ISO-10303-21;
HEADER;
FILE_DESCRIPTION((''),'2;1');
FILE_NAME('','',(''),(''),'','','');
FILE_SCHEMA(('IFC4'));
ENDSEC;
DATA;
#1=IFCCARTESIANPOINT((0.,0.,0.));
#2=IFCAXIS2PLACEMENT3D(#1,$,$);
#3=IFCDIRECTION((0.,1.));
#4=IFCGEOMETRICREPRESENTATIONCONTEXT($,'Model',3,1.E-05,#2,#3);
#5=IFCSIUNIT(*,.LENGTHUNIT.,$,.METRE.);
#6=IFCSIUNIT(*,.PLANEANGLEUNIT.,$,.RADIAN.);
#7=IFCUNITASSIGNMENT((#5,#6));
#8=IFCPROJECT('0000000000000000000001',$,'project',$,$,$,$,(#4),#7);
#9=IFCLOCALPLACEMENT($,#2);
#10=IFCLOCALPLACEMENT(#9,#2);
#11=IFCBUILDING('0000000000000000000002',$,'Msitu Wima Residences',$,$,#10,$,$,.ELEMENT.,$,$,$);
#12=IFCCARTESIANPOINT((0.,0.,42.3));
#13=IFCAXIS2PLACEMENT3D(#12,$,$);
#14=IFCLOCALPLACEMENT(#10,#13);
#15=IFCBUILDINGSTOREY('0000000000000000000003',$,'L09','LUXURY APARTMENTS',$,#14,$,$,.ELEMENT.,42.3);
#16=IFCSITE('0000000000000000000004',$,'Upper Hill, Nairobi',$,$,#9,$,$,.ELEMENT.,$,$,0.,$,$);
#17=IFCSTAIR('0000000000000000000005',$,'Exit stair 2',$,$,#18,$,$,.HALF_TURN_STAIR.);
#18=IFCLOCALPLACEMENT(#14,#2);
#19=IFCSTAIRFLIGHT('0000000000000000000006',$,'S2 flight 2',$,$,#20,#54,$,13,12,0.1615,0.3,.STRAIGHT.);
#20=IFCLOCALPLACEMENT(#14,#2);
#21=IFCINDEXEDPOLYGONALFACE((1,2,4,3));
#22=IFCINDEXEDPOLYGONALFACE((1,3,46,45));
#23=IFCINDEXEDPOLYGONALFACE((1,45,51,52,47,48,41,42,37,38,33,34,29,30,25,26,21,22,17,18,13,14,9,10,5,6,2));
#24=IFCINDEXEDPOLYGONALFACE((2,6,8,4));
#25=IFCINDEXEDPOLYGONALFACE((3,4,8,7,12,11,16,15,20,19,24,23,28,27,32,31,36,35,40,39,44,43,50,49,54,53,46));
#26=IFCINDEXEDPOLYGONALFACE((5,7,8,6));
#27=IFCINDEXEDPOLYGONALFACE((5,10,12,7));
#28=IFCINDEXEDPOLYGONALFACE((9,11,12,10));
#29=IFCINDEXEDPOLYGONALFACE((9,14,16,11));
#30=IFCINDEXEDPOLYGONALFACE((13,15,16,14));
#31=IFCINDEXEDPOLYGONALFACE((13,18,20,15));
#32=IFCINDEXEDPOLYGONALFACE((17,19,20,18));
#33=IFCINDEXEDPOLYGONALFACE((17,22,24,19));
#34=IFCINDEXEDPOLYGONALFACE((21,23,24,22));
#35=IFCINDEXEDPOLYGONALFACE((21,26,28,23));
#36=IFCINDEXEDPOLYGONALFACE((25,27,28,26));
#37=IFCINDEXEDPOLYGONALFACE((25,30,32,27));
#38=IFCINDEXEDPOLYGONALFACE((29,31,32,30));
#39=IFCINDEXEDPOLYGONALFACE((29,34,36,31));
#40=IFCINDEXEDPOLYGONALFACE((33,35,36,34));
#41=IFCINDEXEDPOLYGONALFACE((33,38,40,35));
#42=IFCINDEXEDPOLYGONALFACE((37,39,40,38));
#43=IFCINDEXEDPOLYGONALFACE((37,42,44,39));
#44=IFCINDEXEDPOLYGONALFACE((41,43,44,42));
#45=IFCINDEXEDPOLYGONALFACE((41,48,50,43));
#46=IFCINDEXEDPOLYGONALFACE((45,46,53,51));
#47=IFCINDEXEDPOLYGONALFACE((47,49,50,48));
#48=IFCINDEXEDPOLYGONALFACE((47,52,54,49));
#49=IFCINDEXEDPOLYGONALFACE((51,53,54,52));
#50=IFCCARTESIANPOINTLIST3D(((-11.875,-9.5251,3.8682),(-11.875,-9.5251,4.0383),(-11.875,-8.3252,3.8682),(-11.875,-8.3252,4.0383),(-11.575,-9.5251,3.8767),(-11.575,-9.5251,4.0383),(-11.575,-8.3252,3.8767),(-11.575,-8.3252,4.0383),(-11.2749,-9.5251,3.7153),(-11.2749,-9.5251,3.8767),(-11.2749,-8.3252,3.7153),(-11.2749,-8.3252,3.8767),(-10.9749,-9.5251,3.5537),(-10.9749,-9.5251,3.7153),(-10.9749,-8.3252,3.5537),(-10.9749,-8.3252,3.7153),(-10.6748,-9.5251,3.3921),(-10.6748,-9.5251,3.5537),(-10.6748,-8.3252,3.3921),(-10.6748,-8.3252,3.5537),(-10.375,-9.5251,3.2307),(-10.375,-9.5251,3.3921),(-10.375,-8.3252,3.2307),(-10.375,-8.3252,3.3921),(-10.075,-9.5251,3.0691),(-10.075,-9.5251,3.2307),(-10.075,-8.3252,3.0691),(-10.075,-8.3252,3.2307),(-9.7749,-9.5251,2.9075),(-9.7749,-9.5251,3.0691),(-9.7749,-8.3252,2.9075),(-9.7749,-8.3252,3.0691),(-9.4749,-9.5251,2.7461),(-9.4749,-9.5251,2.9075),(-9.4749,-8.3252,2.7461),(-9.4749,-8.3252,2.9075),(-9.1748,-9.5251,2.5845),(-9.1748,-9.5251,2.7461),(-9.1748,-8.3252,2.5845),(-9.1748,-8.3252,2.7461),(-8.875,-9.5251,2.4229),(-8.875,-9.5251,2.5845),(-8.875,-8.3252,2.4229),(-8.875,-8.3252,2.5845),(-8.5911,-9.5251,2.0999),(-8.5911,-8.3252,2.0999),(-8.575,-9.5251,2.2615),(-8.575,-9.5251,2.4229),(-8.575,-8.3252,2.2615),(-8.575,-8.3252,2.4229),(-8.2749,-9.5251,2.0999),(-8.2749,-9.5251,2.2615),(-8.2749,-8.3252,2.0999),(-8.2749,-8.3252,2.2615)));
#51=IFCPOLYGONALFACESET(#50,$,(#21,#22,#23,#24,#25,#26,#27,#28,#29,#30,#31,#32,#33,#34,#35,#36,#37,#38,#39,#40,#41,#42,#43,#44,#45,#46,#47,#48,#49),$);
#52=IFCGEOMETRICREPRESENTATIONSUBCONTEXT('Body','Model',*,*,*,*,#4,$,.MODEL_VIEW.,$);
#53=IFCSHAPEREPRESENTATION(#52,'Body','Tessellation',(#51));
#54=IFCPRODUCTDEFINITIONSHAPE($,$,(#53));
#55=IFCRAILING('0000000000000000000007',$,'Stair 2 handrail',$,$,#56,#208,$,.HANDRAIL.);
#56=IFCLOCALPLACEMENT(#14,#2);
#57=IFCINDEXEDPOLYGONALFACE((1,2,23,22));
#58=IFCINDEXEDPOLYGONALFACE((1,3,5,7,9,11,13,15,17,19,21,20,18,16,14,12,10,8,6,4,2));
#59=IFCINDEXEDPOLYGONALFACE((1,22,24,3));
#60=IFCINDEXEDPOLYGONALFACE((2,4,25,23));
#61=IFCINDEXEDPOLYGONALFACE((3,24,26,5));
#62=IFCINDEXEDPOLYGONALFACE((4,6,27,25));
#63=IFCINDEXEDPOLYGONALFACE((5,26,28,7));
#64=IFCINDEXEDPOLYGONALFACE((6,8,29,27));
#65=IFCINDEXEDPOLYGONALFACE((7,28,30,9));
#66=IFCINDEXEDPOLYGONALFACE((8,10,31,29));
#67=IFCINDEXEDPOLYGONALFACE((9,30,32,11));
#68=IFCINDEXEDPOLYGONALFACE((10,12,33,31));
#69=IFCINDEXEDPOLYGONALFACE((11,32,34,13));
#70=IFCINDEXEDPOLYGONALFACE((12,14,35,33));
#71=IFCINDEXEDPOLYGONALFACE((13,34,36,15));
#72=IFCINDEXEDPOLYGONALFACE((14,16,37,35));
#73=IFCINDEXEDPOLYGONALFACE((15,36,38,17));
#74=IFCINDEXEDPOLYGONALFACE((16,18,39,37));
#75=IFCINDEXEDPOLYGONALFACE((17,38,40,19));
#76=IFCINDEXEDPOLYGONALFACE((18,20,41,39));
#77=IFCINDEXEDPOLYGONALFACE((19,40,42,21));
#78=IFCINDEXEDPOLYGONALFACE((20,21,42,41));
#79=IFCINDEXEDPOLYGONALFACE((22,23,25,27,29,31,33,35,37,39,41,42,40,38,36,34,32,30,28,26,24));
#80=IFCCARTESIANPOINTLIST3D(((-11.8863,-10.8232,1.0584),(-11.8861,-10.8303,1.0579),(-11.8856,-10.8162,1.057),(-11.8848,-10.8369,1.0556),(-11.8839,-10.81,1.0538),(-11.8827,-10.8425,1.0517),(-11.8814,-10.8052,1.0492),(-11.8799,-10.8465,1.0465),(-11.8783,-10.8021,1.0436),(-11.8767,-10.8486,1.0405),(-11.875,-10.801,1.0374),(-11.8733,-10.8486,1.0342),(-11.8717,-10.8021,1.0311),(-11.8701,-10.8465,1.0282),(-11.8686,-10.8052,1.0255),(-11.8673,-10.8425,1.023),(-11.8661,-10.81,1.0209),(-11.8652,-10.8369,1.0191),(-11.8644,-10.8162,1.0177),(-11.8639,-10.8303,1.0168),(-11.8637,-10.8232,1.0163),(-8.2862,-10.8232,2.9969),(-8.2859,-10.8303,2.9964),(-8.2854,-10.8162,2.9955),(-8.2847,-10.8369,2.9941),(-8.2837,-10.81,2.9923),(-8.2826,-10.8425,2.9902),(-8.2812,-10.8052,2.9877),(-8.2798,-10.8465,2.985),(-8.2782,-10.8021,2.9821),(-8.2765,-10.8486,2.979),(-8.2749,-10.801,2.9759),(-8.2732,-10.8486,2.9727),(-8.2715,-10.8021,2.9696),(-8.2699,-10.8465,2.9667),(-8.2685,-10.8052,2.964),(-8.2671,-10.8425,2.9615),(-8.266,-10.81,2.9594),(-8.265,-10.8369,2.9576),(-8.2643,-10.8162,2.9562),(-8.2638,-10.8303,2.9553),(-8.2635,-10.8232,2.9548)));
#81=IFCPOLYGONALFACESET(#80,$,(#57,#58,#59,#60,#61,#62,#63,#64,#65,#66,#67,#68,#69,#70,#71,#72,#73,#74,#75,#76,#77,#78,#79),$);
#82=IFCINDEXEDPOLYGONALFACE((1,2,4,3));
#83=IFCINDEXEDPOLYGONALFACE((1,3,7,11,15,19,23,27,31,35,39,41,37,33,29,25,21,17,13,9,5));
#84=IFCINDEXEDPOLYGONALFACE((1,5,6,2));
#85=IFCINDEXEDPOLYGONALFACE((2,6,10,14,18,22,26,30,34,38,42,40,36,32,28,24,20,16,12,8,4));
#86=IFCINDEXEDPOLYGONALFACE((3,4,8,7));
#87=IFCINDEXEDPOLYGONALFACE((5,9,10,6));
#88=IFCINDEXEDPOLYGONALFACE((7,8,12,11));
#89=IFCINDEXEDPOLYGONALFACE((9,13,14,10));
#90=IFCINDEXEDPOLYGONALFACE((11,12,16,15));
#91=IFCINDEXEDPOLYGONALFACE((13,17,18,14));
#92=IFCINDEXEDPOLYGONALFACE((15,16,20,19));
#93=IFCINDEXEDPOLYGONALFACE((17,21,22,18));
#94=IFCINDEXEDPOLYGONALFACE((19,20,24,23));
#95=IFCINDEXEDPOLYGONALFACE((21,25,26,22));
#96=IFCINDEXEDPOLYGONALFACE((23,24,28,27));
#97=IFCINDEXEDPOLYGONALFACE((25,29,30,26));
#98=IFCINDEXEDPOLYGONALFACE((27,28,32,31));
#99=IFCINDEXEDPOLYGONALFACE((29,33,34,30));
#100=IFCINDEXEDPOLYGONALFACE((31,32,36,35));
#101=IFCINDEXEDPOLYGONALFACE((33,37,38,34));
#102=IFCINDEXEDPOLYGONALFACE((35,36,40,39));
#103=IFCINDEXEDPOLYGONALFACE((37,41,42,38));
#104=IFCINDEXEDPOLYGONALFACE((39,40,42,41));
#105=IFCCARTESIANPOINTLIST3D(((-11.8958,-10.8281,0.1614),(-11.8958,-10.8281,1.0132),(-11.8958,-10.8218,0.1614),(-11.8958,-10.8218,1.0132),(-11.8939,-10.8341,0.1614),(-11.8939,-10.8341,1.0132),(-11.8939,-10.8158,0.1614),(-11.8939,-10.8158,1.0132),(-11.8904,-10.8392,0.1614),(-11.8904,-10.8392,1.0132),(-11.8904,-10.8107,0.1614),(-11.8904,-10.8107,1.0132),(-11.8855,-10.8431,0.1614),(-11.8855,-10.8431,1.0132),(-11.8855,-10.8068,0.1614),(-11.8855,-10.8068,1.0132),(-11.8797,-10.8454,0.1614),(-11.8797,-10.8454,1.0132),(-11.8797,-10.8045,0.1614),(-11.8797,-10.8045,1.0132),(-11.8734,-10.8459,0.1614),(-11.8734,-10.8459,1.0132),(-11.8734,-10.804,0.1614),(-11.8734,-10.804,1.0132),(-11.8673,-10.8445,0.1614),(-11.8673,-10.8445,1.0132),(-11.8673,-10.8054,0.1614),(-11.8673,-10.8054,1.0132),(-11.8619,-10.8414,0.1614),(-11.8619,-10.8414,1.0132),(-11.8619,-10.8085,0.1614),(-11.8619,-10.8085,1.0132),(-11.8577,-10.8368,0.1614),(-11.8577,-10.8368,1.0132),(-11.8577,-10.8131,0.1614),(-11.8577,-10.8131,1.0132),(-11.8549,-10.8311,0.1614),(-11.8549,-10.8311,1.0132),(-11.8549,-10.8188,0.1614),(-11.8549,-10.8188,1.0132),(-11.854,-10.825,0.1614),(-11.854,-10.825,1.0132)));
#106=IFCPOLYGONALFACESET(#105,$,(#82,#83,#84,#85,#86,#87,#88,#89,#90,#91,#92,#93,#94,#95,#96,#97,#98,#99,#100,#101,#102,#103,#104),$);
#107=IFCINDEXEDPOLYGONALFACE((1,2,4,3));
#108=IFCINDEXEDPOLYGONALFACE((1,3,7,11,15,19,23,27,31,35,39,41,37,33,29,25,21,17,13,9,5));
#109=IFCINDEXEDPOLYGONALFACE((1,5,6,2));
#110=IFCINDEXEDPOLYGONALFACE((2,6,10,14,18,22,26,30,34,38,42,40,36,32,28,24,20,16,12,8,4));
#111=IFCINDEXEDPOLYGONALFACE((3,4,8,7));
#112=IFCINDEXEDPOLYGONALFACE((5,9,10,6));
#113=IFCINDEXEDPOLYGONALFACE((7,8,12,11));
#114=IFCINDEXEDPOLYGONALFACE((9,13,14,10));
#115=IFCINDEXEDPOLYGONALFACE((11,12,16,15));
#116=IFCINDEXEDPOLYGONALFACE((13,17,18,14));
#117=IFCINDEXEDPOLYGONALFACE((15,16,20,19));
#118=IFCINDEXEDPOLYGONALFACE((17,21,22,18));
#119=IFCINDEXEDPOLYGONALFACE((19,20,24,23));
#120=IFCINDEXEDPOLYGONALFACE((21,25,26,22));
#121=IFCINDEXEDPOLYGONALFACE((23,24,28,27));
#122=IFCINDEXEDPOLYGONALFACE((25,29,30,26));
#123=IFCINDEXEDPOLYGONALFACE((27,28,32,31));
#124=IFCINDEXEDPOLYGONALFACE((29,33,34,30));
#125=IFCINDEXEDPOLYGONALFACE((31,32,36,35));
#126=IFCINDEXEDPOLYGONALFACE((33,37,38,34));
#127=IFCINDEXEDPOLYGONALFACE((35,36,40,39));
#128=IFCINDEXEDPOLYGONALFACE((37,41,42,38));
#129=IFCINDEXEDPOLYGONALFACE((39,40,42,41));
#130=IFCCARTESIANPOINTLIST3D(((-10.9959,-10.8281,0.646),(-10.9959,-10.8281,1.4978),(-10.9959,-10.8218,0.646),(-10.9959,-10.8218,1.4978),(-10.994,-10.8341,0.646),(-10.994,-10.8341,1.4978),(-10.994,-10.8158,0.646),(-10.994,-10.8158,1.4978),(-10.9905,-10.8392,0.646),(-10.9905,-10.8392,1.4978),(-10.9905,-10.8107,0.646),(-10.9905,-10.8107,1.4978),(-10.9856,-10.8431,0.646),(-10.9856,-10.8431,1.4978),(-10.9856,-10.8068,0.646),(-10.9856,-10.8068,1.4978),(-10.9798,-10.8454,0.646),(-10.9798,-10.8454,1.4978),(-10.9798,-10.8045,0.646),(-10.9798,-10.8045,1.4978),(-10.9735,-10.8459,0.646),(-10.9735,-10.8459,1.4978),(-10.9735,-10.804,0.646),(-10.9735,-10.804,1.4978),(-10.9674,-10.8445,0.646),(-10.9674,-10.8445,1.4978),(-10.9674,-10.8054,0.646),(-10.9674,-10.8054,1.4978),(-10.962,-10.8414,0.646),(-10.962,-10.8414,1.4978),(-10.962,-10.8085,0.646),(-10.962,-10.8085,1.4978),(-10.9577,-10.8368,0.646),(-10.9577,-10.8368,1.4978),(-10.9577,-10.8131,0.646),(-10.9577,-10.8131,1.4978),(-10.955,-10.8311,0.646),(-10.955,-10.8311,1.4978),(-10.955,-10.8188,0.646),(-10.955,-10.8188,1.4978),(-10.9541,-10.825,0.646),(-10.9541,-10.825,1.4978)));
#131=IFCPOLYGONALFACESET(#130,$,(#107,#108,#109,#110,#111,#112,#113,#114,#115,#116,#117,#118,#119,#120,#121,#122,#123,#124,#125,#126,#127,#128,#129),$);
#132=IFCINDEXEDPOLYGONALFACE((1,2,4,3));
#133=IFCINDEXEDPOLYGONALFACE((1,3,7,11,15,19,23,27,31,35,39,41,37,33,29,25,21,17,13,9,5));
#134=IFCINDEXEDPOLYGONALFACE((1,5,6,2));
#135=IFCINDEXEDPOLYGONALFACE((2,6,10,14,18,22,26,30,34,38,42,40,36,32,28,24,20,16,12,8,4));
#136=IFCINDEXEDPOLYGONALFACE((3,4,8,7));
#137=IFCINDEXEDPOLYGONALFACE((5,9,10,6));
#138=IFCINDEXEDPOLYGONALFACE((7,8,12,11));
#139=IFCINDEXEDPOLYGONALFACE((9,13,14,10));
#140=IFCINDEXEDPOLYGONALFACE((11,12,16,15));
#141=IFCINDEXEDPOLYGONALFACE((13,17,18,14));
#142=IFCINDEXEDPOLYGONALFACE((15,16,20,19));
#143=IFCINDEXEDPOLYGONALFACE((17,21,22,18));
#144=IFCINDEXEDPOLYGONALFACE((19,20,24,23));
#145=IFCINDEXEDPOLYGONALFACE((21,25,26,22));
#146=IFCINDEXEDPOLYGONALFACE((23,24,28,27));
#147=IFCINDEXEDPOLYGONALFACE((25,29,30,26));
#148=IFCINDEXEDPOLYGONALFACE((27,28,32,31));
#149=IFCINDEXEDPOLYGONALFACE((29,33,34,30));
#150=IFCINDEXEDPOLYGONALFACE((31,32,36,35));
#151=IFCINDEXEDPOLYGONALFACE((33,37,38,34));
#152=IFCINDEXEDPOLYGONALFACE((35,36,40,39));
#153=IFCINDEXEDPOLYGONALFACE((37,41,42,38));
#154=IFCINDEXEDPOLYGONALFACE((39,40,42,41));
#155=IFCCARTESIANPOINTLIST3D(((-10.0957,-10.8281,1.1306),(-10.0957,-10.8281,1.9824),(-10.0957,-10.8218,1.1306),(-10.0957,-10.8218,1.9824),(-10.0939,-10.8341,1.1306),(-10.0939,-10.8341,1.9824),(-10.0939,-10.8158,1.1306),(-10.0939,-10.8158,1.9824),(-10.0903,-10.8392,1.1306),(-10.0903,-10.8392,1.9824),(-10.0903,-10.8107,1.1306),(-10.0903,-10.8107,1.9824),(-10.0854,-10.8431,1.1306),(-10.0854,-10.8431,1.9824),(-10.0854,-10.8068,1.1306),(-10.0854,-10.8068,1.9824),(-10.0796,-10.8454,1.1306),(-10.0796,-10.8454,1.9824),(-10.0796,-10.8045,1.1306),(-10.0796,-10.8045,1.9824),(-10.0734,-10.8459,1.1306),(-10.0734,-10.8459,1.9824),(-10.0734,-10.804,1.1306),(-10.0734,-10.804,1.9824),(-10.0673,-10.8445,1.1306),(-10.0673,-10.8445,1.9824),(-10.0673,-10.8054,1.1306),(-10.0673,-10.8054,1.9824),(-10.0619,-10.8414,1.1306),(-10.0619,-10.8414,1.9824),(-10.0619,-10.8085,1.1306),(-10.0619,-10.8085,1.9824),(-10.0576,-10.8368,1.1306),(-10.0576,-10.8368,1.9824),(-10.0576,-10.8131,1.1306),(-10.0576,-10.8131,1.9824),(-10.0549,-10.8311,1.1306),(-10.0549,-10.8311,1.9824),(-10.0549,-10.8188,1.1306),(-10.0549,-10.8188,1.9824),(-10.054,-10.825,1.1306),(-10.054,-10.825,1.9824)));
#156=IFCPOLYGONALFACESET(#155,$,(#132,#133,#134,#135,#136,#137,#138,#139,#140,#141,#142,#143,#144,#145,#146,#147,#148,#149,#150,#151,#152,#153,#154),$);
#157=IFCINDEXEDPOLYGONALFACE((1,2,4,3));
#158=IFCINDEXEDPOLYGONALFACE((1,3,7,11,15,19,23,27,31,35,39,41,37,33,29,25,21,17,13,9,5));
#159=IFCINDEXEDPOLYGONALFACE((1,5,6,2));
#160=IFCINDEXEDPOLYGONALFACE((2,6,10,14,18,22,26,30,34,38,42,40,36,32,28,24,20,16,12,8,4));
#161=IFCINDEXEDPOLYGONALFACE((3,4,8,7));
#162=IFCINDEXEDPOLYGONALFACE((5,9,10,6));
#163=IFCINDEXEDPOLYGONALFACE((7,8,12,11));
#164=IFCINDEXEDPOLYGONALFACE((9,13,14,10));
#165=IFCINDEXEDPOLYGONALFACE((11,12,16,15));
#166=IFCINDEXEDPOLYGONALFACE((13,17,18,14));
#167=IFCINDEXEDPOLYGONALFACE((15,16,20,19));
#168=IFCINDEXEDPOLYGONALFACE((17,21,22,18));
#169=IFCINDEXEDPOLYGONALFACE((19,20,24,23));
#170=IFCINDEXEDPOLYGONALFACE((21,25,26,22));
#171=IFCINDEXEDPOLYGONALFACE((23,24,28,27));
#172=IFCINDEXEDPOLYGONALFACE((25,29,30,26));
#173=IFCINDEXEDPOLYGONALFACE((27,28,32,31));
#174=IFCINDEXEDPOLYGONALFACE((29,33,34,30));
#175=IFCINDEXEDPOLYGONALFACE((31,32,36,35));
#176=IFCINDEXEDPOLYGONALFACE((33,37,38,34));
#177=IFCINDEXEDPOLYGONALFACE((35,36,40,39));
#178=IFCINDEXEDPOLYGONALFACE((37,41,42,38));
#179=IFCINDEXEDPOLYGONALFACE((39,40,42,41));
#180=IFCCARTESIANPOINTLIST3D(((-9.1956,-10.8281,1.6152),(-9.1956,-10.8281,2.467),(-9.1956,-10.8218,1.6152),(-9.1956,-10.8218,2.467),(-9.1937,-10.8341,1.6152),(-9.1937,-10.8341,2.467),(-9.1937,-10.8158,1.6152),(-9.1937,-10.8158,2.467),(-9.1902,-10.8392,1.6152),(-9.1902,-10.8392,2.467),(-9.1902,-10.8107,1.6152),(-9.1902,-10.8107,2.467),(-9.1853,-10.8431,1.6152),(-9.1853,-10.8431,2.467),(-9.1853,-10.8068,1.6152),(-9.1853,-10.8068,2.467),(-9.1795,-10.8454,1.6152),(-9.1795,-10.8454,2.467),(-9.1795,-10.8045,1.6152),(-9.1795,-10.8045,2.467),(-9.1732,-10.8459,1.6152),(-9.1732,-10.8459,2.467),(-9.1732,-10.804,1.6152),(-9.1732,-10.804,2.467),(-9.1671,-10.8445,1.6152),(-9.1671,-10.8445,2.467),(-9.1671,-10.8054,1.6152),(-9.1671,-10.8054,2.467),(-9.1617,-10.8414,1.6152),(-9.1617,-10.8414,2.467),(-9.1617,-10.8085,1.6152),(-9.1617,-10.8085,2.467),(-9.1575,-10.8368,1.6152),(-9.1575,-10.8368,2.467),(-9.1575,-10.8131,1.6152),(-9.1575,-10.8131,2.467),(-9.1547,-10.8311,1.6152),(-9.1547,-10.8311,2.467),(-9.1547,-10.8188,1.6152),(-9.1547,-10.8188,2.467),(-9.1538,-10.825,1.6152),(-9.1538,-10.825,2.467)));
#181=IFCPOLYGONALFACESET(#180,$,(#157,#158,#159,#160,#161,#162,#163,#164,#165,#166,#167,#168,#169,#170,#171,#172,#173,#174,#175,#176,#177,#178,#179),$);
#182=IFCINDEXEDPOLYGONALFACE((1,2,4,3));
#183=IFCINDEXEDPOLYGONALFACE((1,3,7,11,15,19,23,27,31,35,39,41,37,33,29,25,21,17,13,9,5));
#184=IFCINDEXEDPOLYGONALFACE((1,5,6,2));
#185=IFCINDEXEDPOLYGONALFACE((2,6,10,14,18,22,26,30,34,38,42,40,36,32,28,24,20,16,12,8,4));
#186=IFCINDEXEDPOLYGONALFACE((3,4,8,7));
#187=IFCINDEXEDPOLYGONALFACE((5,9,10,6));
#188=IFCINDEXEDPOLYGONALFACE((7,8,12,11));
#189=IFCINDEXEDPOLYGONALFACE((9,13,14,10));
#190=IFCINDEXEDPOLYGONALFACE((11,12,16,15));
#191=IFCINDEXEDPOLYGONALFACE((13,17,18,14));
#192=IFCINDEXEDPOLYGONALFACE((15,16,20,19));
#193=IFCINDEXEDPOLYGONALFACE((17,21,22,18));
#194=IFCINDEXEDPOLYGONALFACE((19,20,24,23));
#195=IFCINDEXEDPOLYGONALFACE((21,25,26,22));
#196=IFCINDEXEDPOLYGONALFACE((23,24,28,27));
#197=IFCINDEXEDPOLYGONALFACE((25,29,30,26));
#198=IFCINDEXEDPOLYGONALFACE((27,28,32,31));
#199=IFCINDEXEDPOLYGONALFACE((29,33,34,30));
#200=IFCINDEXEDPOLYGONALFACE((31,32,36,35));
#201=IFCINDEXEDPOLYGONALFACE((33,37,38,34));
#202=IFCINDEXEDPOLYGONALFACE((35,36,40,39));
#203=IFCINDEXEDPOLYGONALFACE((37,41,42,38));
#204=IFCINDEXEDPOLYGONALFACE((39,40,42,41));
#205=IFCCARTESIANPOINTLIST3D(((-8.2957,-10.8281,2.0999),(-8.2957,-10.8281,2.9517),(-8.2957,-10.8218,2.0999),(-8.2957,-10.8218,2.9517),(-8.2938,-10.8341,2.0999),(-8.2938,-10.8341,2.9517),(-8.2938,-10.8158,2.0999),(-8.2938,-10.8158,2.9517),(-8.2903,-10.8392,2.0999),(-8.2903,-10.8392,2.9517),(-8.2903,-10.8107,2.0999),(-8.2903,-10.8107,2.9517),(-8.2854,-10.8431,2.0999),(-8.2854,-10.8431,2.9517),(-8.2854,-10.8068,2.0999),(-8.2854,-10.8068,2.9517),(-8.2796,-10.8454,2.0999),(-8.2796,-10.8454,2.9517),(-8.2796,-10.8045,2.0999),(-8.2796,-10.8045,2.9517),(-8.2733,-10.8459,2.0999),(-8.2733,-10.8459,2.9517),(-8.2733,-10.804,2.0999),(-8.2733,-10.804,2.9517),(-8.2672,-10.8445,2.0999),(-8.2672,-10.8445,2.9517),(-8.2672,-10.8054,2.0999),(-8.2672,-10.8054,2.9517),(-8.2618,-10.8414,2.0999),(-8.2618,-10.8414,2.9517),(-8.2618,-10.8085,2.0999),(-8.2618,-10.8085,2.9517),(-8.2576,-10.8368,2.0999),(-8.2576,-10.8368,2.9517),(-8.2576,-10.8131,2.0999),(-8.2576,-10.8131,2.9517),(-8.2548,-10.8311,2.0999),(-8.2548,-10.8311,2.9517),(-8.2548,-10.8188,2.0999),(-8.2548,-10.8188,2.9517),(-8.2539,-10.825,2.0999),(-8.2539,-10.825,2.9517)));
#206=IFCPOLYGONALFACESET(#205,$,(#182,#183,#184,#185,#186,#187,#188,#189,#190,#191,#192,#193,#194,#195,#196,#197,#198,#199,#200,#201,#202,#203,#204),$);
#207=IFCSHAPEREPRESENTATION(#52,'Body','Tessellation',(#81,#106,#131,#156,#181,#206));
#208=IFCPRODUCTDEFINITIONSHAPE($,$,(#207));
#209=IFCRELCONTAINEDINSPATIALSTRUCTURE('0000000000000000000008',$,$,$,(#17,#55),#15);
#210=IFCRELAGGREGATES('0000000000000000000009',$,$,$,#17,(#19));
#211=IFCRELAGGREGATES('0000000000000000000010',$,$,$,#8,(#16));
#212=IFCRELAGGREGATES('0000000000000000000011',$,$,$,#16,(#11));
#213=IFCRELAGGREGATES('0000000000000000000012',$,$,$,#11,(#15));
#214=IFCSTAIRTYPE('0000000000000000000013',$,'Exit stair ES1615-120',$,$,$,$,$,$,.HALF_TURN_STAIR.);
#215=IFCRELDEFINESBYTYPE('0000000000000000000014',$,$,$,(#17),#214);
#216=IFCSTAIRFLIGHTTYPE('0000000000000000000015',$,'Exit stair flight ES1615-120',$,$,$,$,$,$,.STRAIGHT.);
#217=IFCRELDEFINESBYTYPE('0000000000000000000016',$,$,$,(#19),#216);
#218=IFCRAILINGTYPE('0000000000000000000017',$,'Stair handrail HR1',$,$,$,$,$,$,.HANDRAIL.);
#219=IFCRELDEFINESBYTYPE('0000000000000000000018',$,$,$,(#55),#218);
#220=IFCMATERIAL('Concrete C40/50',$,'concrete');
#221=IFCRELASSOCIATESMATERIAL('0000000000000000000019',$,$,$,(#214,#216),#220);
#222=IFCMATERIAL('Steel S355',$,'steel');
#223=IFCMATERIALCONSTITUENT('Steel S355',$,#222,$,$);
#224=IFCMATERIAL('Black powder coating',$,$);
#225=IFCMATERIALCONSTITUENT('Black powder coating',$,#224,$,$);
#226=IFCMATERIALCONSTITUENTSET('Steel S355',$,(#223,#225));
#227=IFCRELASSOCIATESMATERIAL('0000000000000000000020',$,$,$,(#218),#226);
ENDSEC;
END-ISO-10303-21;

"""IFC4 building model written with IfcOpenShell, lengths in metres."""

from ifc_helpers import new_model, si_unit, direction, frame, origin, origin_2d, place, context, subcontext, project, spatial, polyline, circle, outline, extrude, material, constituent, constituent_set, type_object, element, aggregate, save


model = new_model("IFC4")

# Units and contexts
model_context = context("Model", 3, precision=1e-05, world=origin(), true_north=direction((0.0, 1.0)))
body_context = subcontext(model_context, "Body", "Model", "MODEL_VIEW")
ifc_project = project(units=[si_unit("LENGTHUNIT", "METRE"), si_unit("PLANEANGLEUNIT", "RADIAN")], contexts=[model_context])

# Site, building, storey
site_placement = place(None, origin())
site = spatial("IfcSite", under=ifc_project, at=site_placement, Name="Upper Hill, Nairobi", CompositionType="ELEMENT", RefElevation=0.0)
building_placement = place(site_placement, origin())
building = spatial("IfcBuilding", under=site, at=building_placement, Name="Msitu Wima Residences", CompositionType="ELEMENT")
storey_placement = place(building_placement, frame((0.0, 0.0, 42.3)))
storey = spatial("IfcBuildingStorey", under=building, at=storey_placement, Name="L09", Description="LUXURY APARTMENTS", CompositionType="ELEMENT", Elevation=42.3)

# Stair, stair flight
ifc_material_1 = material(Name="Concrete C40/50", Category="concrete")
stair_type = type_object("IfcStairType", Name="Exit stair ES1615-120", PredefinedType="HALF_TURN_STAIR", material=ifc_material_1)
stair_placement = place(storey_placement, origin())
stair = element("IfcStair", 1, at=stair_placement, inside=storey, type_object=stair_type, Name="Exit stair 2", PredefinedType="HALF_TURN_STAIR")
stair_flight_type = type_object("IfcStairFlightType", Name="Exit stair flight ES1615-120", PredefinedType="STRAIGHT", material=ifc_material_1)
stair_flight_1_placement = place(storey_placement, frame((-8.2749, -8.925, 2.0999), z_axis=(0.0, 0.0, 1.0), x_axis=(-1.0, 0.0, 0.0)))
stair_flight_1 = element("IfcStairFlight", 2, at=stair_flight_1_placement, type_object=stair_flight_type, Name="S2 flight 2", NumberOfRisers=13, NumberOfTreads=12, PredefinedType="STRAIGHT", RiserHeight=0.1615, TreadLength=0.3, context=body_context, shape_type="SweptSolid", body=[
    extrude(outline(polyline([(0.0, 0.0), (0.0, 0.1616), (0.3, 0.1616), (0.3, 0.323), (0.6001, 0.323), (0.6001, 0.4846), (0.8999, 0.4846), (0.8999, 0.6462), (1.2, 0.6462), (1.2, 0.8076), (1.5, 0.8076), (1.5, 0.9692), (1.8, 0.9692), (1.8, 1.1309), (2.1001, 1.1309), (2.1001, 1.2922), (2.3999, 1.2922), (2.3999, 1.4539), (2.7, 1.4539), (2.7, 1.6155), (3.0, 1.6155), (3.0, 1.7769), (3.3, 1.7769), (3.3, 1.9385), (3.6001, 1.9385), (3.6001, 2.1001), (3.6001, 1.7683), (0.3162, 0.0), (0.0, 0.0)])), frame((0.0, 0.6001, 0.0), z_axis=(0.0, -1.0, 0.0), x_axis=(1.0, 0.0, 0.0)), (0.0, 0.0, 1.0), 1.2),
])
aggregate(stair, [stair_flight_1])

# Railing
ifc_material_2 = material(Name="Steel S355", Category="steel")
ifc_constituent_1 = constituent(ifc_material_2, Name="Steel S355")
ifc_material_3 = material(Name="Black powder coating")
ifc_constituent_2 = constituent(ifc_material_3, Name="Black powder coating")
ifc_constituent_set = constituent_set(constituents=[ifc_constituent_1, ifc_constituent_2], Name="Steel S355")
railing_type = type_object("IfcRailingType", Name="Stair handrail HR1", PredefinedType="HANDRAIL", material=ifc_constituent_set)
for number, where, name in (
    (3, (-11.875, -10.825, 0.1614), "Stair 2 handrail"),
):
    element("IfcRailing", number, at=place(storey_placement, frame(where)), inside=storey, type_object=railing_type, Name=name, PredefinedType="HANDRAIL", context=body_context, shape_type="SweptSolid", body=[
        extrude(circle(Radius=0.0239, at=origin_2d()), frame((0.0, 0.0, 0.876), z_axis=(0.880475, 0.0, 0.474093), x_axis=(0.0, 1.0, 0.0)), (0.0, 0.0, 1.0), 4.0889),
        extrude(circle(Radius=0.021, at=origin_2d()), origin(), (0.0, 0.0, 1.0), 0.8518),
        extrude(circle(Radius=0.021, at=origin_2d()), frame((0.8999, 0.0, 0.4846)), (0.0, 0.0, 1.0), 0.8518),
        extrude(circle(Radius=0.021, at=origin_2d()), frame((1.8, 0.0, 0.9692)), (0.0, 0.0, 1.0), 0.8518),
        extrude(circle(Radius=0.021, at=origin_2d()), frame((2.7002, 0.0, 1.4539)), (0.0, 0.0, 1.0), 0.8518),
        extrude(circle(Radius=0.021, at=origin_2d()), frame((3.6001, 0.0, 1.9385)), (0.0, 0.0, 1.0), 0.8518),
    ])

save(model, "model.ifc")
